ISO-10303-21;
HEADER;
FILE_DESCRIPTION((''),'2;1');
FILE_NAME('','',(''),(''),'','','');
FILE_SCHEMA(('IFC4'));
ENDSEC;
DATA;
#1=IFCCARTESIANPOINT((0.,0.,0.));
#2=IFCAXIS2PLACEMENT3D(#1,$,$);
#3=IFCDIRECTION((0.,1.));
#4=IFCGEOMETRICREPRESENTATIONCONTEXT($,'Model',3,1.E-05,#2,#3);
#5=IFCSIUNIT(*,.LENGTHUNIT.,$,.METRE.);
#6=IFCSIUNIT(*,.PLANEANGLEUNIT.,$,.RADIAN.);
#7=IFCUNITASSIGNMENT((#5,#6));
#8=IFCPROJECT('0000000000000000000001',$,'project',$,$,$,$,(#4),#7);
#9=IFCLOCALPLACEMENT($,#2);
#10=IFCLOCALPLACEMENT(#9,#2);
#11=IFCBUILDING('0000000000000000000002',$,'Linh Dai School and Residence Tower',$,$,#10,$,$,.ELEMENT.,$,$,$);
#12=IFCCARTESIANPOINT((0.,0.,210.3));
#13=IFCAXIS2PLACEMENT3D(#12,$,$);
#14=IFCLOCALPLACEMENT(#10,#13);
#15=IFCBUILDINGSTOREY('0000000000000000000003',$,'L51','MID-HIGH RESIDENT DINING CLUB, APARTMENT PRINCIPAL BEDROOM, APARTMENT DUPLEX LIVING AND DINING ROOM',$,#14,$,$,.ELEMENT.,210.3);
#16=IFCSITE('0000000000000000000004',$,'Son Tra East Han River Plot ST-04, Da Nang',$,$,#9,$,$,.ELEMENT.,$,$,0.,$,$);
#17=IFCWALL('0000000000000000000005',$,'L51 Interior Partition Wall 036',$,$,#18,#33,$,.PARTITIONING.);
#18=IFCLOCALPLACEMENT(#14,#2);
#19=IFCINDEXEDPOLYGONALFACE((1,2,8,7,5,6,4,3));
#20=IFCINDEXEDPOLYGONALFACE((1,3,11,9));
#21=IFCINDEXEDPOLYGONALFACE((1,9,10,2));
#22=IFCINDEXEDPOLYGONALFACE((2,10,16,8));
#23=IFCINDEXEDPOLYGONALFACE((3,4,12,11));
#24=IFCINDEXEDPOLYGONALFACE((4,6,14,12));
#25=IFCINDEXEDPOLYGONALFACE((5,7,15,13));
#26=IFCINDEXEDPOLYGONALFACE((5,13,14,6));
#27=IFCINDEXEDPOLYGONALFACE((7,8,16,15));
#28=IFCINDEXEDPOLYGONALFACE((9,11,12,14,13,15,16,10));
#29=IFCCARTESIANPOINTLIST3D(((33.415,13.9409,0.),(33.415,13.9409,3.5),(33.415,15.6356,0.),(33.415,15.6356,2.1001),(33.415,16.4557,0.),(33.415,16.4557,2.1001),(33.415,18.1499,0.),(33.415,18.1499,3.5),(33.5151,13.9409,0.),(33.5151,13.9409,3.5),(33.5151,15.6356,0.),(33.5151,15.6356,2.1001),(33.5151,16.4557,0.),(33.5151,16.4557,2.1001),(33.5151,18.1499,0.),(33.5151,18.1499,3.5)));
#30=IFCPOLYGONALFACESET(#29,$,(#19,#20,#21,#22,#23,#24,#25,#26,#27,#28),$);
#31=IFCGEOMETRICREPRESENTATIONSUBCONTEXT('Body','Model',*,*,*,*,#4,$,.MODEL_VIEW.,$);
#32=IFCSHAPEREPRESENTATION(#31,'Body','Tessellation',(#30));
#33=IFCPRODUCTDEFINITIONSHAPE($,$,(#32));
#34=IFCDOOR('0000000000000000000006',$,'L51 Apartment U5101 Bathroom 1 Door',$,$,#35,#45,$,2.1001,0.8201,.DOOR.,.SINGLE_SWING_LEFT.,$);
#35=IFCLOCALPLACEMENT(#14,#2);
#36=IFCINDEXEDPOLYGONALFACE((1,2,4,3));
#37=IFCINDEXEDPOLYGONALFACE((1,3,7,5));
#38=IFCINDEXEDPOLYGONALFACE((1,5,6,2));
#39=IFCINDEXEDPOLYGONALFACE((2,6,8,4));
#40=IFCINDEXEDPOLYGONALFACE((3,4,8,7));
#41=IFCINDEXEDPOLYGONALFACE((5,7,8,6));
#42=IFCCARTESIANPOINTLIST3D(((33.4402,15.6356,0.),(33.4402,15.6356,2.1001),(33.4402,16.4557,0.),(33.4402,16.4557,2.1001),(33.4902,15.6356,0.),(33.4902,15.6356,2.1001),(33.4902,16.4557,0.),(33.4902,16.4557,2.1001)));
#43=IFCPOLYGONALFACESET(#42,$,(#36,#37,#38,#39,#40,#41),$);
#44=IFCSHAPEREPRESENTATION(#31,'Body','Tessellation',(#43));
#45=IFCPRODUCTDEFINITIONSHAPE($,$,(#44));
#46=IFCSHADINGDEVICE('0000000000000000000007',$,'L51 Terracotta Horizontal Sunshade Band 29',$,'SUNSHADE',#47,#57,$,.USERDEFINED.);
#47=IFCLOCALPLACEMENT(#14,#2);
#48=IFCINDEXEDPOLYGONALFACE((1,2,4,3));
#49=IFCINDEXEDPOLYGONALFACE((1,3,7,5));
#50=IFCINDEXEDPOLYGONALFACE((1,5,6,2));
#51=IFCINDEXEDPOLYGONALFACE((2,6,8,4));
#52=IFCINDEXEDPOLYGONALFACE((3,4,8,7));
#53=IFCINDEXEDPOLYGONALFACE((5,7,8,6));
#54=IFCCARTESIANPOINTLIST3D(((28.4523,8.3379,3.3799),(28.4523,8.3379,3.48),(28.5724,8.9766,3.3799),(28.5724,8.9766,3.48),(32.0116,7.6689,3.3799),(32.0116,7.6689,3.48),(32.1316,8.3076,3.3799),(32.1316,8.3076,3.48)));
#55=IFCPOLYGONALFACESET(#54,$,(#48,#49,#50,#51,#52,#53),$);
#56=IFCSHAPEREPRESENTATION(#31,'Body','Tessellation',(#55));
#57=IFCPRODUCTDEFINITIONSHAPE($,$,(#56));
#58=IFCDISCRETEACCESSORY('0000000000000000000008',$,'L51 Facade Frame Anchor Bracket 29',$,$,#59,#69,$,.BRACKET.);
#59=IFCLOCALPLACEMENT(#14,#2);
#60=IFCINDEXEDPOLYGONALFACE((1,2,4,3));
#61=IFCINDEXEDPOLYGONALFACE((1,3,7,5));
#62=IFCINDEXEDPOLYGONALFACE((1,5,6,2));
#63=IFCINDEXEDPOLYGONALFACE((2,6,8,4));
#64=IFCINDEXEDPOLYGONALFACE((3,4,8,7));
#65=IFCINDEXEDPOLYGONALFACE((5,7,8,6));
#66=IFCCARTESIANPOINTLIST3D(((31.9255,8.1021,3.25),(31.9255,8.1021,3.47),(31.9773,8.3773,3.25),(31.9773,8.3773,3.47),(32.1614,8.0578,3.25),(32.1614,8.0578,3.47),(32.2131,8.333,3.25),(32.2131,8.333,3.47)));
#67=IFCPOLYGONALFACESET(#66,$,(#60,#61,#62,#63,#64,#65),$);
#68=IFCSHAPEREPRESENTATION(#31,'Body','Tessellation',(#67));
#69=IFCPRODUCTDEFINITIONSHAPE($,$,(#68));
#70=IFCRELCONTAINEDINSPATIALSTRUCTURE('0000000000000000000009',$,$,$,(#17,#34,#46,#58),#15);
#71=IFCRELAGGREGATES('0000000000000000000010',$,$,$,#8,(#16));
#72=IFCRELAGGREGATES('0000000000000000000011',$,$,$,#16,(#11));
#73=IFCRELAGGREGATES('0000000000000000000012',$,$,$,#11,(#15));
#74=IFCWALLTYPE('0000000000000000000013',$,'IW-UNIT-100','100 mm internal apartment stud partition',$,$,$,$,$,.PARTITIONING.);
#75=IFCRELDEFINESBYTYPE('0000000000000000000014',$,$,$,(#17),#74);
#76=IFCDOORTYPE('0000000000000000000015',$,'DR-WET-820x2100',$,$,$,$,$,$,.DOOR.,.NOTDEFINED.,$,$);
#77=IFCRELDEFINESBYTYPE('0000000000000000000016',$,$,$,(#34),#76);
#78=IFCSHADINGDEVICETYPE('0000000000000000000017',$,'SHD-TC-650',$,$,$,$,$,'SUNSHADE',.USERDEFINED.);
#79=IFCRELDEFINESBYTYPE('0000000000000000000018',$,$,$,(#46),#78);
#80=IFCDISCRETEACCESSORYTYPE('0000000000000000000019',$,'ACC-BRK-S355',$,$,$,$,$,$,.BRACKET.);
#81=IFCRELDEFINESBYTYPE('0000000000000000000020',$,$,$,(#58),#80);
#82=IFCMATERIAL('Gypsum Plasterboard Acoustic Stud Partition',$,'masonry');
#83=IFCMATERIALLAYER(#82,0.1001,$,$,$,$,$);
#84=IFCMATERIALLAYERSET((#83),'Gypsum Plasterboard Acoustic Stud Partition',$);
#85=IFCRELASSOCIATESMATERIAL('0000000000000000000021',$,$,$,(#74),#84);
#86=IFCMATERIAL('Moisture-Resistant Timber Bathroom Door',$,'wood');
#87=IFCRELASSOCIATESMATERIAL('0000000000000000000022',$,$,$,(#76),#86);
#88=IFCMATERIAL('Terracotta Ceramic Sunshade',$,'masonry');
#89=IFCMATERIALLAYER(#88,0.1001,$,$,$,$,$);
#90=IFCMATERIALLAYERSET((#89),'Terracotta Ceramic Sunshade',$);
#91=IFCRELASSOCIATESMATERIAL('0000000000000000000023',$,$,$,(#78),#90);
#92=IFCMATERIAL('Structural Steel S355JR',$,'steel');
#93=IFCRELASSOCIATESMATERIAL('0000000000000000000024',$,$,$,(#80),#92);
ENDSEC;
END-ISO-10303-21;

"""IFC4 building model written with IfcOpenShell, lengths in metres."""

from ifc_helpers import new_model, si_unit, direction, frame, frame_2d, origin, origin_2d, place, context, subcontext, project, spatial, rectangle, extrude, source, transform, mapped, material, layer, layer_set, type_object, element, fill, save


model = new_model("IFC4")

# Units and contexts
model_context = context("Model", 3, precision=1e-05, world=origin(), true_north=direction((0.0, 1.0)))
body_context = subcontext(model_context, "Body", "Model", "MODEL_VIEW")
ifc_project = project(units=[si_unit("LENGTHUNIT", "METRE"), si_unit("PLANEANGLEUNIT", "RADIAN")], contexts=[model_context])

# Site, building, storey
site_placement = place(None, origin())
site = spatial("IfcSite", under=ifc_project, at=site_placement, Name="Son Tra East Han River Plot ST-04, Da Nang", CompositionType="ELEMENT", RefElevation=0.0)
building_placement = place(site_placement, origin())
building = spatial("IfcBuilding", under=site, at=building_placement, Name="Linh Dai School and Residence Tower", CompositionType="ELEMENT")
storey_placement = place(building_placement, frame((0.0, 0.0, 210.3)))
storey = spatial("IfcBuildingStorey", under=building, at=storey_placement, Name="L51", Description="MID-HIGH RESIDENT DINING CLUB, APARTMENT PRINCIPAL BEDROOM, APARTMENT DUPLEX LIVING AND DINING ROOM", CompositionType="ELEMENT", Elevation=210.3)

# Shared definitions
ifc_material_1 = material(Name="Structural Steel S355JR", Category="steel")

# Shared definitions
ifc_material_2 = material(Name="Gypsum Plasterboard Acoustic Stud Partition", Category="masonry")
ifc_layer_1 = layer(ifc_material_2, 0.1001)
ifc_layer_set_1 = layer_set([ifc_layer_1], Name="Gypsum Plasterboard Acoustic Stud Partition")
wall_type_1 = type_object("IfcWallType", Name="IW-UNIT-100", Description="100 mm internal apartment stud partition", PredefinedType="PARTITIONING", material=ifc_layer_set_1)

# Wall, opening, door
wall_1_placement = place(storey_placement, frame((33.4651, 13.9409, 0.0), z_axis=(0.0, 0.0, 1.0), x_axis=(0.0, 1.0, 0.0)))
wall_1 = element("IfcWall", 1, at=wall_1_placement, inside=storey, type_object=wall_type_1, Name="L51 Interior Partition Wall 036", PredefinedType="PARTITIONING", context=body_context, shape_type="SweptSolid", body=[
    extrude(rectangle(XDim=4.209, YDim=0.1001, at=frame_2d((2.1045, 0.0))), origin(), (0.0, 0.0, 1.0), 3.5),
])
opening_1_placement = place(wall_1_placement, frame((1.6946, 0.0, 0.0)))
opening_1 = element("IfcOpeningElement", 2, at=opening_1_placement, cuts=wall_1, PredefinedType="OPENING", context=body_context, shape_type="SweptSolid", body=[
    extrude(rectangle(XDim=0.8201, YDim=2.1001, at=origin_2d()), frame((0.4102, 0.0601, 1.05), z_axis=(0.0, -1.0, 0.0), x_axis=(1.0, 0.0, 0.0)), (0.0, 0.0, 1.0), 0.1201),
])
ifc_material_3 = material(Name="Moisture-Resistant Timber Bathroom Door", Category="wood")
door_type_1 = type_object("IfcDoorType", Name="DR-WET-820x2100", OperationType="NOTDEFINED", PredefinedType="DOOR", material=ifc_material_3)
shared_shape_1 = source(origin(), body_context, "Body", "SweptSolid", [
    extrude(rectangle(XDim=0.8201, YDim=2.1001, at=origin_2d()), frame((0.4102, 0.0249, 1.05), z_axis=(0.0, -1.0, 0.0), x_axis=(1.0, 0.0, 0.0)), (0.0, 0.0, 1.0), 0.05),
])
door_1_placement = place(opening_1_placement, origin())
door_1 = element("IfcDoor", 3, at=door_1_placement, inside=storey, type_object=door_type_1, Name="L51 Apartment U5101 Bathroom 1 Door", OperationType="SINGLE_SWING_LEFT", OverallHeight=2.1001, OverallWidth=0.8201, PredefinedType="DOOR", context=body_context, shape_type="MappedRepresentation", body=[
    mapped(shared_shape_1, transform((0.0, 0.0, 0.0), x_axis=(1.0, 0.0, 0.0), y_axis=(0.0, 1.0, 0.0), z_axis=(0.0, 0.0, 1.0), scale=1.0)),
])
fill(opening_1, door_1)

# Shading device
ifc_material_4 = material(Name="Terracotta Ceramic Sunshade", Category="masonry")
ifc_layer_2 = layer(ifc_material_4, 0.1001)
ifc_layer_set_2 = layer_set([ifc_layer_2], Name="Terracotta Ceramic Sunshade")
shading_device_type = type_object("IfcShadingDeviceType", Name="SHD-TC-650", ElementType="SUNSHADE", PredefinedType="USERDEFINED", material=ifc_layer_set_2)
shared_shape_2 = source(origin(), body_context, "Body", "SweptSolid", [
    extrude(rectangle(XDim=3.6216, YDim=0.6499, at=origin_2d()), origin(), (0.0, 0.0, 1.0), 0.1001),
])
shading_device_placement = place(storey_placement, frame((30.292, 8.3228, 3.3799), z_axis=(0.0, 0.0, 1.0), x_axis=(-0.982787, 0.184744, 0.0)))
element("IfcShadingDevice", 4, at=shading_device_placement, inside=storey, type_object=shading_device_type, Name="L51 Terracotta Horizontal Sunshade Band 29", ObjectType="SUNSHADE", PredefinedType="USERDEFINED", context=body_context, shape_type="MappedRepresentation", body=[
    mapped(shared_shape_2, transform((0.0, 0.0, 0.0), x_axis=(1.0, 0.0, 0.0), y_axis=(0.0, 1.0, 0.0), z_axis=(0.0, 0.0, 1.0), scale=1.0)),
])

# Discrete accessory
discrete_accessory_type = type_object("IfcDiscreteAccessoryType", Name="ACC-BRK-S355", PredefinedType="BRACKET", material=ifc_material_1)
shared_shape_3 = source(origin(), body_context, "Body", "SweptSolid", [
    extrude(rectangle(XDim=0.28, YDim=0.24, at=origin_2d()), origin(), (0.0, 0.0, 1.0), 0.22),
])
discrete_accessory_placement = place(storey_placement, frame((32.0693, 8.2175, 3.25), z_axis=(0.0, 0.0, 1.0), x_axis=(-0.184744, -0.982787, 0.0)))
element("IfcDiscreteAccessory", 5, at=discrete_accessory_placement, inside=storey, type_object=discrete_accessory_type, Name="L51 Facade Frame Anchor Bracket 29", PredefinedType="BRACKET", context=body_context, shape_type="MappedRepresentation", body=[
    mapped(shared_shape_3, transform((0.0, 0.0, 0.0), x_axis=(1.0, 0.0, 0.0), y_axis=(0.0, 1.0, 0.0), z_axis=(0.0, 0.0, 1.0), scale=1.0)),
])

save(model, "model.ifc")
